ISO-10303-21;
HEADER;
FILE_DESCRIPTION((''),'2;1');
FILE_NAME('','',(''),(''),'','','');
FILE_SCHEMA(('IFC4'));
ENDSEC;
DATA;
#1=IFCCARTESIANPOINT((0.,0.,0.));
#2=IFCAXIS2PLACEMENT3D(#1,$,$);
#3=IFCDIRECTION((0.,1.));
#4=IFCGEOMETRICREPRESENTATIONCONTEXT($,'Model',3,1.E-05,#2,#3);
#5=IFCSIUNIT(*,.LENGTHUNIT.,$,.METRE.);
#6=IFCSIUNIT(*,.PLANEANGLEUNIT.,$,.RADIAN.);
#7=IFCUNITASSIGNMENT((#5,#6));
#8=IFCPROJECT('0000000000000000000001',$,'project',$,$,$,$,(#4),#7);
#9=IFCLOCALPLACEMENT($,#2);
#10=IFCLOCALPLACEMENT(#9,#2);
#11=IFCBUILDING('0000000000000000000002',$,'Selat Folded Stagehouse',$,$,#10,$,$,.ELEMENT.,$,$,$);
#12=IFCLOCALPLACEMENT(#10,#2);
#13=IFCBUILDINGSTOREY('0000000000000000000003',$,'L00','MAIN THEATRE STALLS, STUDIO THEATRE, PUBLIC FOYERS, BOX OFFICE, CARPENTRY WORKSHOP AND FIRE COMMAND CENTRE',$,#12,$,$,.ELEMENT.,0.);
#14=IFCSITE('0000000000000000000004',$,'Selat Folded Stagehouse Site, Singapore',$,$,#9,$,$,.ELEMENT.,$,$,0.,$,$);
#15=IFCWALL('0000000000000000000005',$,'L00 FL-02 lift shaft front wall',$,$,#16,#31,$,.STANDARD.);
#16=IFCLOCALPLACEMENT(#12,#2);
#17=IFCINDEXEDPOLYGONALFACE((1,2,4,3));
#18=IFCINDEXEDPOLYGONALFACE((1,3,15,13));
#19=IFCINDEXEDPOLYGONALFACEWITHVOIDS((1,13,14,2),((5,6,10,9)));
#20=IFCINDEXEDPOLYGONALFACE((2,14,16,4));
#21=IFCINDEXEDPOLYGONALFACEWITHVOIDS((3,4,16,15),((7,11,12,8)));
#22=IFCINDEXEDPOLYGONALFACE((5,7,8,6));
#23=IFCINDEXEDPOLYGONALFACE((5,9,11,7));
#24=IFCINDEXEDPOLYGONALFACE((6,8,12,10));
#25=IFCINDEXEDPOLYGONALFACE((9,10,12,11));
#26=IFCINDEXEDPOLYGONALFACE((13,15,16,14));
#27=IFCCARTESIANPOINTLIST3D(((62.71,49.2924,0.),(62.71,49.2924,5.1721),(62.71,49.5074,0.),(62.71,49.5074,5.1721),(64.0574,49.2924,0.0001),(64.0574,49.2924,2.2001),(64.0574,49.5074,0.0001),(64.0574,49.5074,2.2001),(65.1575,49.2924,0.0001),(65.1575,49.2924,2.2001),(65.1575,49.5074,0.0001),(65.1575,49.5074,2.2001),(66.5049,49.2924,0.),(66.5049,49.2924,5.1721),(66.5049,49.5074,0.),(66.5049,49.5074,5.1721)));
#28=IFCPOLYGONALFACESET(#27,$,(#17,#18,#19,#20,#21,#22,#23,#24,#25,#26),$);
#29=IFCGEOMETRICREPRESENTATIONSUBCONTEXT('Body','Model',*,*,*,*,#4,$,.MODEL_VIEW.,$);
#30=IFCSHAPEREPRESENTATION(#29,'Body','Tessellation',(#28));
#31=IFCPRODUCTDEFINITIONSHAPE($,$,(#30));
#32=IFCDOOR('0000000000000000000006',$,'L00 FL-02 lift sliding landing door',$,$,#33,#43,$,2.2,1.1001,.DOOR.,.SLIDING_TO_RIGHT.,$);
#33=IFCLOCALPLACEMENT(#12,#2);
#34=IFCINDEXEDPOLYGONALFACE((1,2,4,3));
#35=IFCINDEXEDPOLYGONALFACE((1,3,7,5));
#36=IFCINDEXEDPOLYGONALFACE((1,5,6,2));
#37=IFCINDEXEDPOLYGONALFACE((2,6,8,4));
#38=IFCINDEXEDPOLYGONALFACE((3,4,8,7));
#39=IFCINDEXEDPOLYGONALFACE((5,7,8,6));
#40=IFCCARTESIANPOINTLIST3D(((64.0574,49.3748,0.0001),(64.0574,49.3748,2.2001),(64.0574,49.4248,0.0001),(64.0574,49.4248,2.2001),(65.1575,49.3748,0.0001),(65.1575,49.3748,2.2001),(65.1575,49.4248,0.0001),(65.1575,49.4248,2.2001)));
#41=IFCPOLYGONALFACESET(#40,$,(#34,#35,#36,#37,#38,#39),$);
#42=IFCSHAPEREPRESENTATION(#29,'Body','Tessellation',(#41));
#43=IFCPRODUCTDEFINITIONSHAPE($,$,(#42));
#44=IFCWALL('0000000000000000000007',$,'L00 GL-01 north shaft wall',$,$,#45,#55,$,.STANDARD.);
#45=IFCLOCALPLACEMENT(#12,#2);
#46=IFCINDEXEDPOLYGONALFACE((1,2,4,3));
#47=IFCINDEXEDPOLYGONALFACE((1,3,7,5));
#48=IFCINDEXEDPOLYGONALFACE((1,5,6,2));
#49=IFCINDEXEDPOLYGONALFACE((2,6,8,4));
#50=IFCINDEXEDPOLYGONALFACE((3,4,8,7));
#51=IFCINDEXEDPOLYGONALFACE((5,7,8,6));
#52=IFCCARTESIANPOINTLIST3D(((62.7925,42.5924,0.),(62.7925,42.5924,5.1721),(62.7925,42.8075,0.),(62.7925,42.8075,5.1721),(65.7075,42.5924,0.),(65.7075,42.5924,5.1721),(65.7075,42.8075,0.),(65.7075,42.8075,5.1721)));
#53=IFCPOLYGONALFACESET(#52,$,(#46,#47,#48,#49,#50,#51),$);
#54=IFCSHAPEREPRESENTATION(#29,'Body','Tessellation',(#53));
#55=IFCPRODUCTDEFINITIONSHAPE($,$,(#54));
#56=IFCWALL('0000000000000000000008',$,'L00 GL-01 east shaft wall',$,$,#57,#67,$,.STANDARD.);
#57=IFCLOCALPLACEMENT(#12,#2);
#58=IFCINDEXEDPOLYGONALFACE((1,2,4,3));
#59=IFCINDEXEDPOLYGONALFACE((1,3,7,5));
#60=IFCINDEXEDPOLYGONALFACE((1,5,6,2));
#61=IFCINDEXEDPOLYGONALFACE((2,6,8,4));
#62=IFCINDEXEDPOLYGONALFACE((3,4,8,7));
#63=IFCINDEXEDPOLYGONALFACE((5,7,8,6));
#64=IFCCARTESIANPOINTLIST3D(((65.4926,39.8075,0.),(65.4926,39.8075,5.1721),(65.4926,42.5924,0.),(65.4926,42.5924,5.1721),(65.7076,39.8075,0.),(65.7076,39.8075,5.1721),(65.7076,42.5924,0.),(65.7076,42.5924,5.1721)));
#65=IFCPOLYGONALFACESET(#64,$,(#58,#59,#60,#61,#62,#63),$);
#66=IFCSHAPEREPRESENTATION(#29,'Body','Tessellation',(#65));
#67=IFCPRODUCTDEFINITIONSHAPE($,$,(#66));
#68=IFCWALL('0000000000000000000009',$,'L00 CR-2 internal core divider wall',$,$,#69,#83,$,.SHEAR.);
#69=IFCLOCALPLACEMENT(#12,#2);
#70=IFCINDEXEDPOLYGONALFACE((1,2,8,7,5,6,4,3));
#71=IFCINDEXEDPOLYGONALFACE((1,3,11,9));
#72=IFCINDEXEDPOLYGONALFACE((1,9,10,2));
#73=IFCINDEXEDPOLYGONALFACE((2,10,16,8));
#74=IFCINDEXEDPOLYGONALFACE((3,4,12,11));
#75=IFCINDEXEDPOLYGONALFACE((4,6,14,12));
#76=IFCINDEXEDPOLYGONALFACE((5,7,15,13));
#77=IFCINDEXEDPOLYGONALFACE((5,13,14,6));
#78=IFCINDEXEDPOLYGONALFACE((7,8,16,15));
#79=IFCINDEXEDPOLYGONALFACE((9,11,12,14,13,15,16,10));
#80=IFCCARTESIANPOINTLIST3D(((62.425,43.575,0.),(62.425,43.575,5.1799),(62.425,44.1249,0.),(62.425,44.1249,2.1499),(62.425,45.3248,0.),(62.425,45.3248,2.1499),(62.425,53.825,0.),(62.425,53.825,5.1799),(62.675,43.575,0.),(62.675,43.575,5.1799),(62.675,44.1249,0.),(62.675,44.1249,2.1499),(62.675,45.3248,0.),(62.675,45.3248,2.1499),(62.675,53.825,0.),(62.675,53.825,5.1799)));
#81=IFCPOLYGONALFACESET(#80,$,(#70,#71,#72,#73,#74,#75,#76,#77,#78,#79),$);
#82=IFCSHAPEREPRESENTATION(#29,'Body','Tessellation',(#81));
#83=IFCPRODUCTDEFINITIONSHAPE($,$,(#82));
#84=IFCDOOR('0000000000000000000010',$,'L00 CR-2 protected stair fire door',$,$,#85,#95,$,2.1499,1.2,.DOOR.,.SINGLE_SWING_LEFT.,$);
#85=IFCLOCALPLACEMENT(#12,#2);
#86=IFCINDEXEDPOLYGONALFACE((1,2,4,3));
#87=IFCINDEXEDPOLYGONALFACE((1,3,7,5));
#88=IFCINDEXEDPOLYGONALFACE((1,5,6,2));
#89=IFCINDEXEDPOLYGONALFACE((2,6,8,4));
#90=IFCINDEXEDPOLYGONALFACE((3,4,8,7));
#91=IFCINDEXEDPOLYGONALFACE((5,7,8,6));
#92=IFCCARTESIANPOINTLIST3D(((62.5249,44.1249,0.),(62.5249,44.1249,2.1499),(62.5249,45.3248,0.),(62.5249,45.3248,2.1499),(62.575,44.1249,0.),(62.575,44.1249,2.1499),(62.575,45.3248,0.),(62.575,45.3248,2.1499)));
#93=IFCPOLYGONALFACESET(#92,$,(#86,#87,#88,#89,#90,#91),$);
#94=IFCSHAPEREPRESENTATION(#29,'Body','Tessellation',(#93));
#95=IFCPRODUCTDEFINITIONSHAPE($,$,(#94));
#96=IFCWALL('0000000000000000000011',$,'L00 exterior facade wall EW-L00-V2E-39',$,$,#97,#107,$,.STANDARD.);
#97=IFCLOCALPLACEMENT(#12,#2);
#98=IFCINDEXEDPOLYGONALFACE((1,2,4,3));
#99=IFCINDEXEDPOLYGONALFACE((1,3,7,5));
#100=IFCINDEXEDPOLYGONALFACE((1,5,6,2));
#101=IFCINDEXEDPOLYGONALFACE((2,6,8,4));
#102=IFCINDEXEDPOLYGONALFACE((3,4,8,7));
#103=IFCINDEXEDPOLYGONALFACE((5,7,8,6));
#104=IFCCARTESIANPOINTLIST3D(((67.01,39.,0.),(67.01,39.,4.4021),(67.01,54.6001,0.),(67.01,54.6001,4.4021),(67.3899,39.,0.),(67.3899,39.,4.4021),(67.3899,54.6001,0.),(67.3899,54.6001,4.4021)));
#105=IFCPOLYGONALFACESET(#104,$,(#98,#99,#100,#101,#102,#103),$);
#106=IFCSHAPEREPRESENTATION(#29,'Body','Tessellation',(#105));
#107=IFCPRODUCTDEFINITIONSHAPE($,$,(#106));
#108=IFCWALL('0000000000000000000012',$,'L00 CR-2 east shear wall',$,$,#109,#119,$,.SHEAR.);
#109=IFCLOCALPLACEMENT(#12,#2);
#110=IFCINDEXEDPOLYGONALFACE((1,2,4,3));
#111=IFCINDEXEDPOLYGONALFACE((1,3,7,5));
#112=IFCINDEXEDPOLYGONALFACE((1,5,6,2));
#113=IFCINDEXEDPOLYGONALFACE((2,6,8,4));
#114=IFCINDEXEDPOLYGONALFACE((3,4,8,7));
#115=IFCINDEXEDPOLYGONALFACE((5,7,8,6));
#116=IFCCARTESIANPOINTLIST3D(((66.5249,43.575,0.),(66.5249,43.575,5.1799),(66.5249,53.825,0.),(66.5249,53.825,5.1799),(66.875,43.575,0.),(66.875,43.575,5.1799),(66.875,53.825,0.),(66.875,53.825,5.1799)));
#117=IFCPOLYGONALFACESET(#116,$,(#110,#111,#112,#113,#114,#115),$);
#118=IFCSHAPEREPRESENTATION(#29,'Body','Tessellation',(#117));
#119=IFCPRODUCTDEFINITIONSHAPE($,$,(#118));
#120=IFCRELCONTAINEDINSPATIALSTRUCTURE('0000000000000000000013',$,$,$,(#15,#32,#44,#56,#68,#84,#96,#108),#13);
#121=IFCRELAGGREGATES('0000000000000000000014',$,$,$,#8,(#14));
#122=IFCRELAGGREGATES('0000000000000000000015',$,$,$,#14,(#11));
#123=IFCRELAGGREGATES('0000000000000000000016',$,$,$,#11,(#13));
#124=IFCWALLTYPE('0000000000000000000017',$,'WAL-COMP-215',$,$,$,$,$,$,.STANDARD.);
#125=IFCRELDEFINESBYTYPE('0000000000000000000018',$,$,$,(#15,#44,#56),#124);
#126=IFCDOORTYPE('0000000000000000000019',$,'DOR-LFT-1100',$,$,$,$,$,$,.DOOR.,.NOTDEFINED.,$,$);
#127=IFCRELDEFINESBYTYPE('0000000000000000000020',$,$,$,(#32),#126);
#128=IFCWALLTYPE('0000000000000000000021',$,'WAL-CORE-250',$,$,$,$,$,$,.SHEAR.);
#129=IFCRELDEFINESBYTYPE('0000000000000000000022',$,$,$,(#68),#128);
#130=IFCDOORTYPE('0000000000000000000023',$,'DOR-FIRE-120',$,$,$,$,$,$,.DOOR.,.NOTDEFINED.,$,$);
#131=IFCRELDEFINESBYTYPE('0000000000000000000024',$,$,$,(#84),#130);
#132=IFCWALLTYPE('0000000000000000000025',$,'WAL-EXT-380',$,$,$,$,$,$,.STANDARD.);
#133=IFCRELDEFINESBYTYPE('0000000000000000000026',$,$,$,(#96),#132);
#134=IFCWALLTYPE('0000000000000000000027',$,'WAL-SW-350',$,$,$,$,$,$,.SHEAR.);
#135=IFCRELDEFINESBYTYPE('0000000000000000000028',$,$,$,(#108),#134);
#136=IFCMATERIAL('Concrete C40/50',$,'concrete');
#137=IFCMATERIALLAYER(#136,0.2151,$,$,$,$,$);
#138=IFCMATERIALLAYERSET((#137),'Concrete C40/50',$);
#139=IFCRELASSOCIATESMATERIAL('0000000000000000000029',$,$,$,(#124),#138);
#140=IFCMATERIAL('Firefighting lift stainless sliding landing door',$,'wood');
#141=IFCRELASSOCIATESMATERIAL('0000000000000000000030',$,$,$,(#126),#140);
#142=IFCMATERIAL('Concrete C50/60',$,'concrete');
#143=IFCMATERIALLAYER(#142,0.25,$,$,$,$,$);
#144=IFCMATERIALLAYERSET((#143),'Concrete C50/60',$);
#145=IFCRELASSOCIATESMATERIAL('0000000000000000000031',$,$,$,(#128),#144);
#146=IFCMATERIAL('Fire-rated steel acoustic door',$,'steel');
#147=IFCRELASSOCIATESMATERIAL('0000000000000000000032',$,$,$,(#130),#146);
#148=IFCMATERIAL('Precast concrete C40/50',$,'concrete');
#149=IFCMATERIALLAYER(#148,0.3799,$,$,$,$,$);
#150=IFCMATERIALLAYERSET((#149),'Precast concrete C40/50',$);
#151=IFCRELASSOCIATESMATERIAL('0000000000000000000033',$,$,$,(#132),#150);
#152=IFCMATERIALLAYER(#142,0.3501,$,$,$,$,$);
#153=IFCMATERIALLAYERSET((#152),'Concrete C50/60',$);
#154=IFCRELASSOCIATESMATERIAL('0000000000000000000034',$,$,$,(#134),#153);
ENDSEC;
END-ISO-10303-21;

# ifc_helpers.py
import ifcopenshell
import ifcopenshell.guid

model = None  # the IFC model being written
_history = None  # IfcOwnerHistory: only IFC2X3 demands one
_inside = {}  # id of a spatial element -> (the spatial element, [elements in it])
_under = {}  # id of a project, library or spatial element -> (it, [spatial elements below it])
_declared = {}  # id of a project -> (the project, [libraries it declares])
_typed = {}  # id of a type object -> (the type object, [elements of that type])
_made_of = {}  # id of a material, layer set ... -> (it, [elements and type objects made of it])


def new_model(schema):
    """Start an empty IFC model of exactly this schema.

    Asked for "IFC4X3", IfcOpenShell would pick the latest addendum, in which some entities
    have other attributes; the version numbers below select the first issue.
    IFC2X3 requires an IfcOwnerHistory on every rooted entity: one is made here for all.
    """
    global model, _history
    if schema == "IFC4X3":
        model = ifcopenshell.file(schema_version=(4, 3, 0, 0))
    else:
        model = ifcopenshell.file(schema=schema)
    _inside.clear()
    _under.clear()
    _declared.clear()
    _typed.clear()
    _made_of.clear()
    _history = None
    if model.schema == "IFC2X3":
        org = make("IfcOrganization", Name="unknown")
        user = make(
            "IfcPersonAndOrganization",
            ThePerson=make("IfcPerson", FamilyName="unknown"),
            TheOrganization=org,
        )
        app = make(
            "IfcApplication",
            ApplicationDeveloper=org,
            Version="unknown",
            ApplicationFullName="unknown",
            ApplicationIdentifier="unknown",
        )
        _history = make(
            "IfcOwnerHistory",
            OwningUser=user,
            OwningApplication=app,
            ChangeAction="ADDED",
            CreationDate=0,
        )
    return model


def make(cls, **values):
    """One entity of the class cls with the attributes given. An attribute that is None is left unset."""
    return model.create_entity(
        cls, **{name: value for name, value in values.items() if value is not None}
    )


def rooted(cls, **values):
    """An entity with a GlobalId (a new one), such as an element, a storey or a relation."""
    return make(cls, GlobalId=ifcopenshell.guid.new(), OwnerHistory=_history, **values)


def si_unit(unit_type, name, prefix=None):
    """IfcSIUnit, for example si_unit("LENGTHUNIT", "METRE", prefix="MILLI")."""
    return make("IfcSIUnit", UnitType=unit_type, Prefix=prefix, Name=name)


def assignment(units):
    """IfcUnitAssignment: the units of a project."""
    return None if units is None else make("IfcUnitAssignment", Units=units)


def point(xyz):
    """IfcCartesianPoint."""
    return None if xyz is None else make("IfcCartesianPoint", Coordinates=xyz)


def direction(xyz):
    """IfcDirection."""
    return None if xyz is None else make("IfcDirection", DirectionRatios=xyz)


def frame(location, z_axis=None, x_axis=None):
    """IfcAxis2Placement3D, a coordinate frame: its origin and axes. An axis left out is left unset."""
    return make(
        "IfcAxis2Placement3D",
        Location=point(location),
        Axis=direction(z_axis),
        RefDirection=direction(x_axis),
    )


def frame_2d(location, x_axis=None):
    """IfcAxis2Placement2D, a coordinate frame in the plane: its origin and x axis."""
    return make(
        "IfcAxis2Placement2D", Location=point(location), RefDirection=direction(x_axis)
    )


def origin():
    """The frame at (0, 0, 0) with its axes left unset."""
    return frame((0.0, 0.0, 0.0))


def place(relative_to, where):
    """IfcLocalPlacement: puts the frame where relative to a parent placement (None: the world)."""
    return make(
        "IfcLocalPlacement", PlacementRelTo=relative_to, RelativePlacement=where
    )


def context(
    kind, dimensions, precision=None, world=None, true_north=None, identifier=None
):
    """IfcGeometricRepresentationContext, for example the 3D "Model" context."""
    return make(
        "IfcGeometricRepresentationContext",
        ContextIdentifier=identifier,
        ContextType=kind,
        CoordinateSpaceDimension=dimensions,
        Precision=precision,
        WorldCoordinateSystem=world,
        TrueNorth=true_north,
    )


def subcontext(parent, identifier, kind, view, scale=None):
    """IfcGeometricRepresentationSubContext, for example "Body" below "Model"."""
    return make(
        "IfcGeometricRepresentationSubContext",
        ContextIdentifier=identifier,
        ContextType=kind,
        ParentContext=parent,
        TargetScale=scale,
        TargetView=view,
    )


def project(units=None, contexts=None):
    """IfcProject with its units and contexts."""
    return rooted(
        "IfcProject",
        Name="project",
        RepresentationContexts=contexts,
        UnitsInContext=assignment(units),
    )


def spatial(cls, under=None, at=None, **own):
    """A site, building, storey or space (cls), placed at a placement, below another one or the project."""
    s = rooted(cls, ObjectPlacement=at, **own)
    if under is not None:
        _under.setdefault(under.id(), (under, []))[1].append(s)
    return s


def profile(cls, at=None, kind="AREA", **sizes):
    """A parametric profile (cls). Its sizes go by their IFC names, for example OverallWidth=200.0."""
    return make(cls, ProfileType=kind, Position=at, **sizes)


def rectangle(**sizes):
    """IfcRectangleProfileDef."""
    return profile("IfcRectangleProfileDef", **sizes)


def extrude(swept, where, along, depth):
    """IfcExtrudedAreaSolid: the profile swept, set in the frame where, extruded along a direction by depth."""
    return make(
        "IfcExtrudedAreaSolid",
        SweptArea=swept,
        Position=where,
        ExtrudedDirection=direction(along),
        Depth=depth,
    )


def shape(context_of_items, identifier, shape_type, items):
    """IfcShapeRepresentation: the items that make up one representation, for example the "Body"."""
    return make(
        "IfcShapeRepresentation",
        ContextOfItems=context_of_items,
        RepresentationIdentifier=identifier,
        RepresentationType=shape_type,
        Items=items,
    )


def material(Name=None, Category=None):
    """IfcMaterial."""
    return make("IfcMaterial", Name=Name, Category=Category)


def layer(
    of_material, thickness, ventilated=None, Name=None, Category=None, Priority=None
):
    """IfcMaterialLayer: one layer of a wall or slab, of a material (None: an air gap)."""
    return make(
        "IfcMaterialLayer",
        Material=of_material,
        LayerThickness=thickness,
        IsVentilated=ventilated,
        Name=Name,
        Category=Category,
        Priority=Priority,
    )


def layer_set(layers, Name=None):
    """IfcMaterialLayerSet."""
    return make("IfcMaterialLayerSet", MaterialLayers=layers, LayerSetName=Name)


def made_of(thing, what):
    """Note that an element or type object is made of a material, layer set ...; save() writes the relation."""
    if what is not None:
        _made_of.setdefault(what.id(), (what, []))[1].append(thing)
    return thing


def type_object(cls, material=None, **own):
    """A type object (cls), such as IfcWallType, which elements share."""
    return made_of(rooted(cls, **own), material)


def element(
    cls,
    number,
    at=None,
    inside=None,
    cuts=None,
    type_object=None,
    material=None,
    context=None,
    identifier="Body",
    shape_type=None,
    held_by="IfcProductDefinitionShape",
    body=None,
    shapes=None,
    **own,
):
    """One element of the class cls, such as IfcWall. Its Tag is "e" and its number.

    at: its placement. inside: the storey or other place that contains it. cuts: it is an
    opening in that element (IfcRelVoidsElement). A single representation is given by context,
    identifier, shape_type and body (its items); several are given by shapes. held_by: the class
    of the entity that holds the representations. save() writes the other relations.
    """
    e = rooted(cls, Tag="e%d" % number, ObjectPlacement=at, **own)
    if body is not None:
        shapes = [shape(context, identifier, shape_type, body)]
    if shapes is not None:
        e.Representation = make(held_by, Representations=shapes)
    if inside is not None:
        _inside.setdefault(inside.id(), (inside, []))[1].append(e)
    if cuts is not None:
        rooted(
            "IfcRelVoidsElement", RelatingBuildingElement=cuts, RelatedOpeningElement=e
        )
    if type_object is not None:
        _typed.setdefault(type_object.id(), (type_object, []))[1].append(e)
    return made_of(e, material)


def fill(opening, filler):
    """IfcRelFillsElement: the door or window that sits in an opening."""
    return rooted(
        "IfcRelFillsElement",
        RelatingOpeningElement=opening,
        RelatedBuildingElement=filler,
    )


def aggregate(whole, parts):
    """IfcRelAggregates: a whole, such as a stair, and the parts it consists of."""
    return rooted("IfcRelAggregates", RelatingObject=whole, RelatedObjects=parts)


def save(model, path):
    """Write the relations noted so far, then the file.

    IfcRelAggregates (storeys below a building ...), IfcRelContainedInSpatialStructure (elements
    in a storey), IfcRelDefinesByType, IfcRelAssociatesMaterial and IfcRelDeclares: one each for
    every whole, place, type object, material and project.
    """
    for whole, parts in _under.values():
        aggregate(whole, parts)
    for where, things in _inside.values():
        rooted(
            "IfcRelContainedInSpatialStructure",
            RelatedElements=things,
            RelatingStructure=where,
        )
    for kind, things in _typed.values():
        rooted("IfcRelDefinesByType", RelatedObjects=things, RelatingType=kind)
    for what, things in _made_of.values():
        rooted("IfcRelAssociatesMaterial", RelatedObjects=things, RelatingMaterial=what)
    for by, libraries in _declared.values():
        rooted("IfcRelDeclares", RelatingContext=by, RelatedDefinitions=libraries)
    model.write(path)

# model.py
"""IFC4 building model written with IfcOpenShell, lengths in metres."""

from ifc_helpers import new_model, si_unit, direction, frame, frame_2d, origin, place, context, subcontext, project, spatial, rectangle, extrude, material, layer, layer_set, type_object, element, fill, save


model = new_model("IFC4")

# Units and contexts
model_context = context("Model", 3, precision=1e-05, world=origin(), true_north=direction((0.0, 1.0)))
body_context = subcontext(model_context, "Body", "Model", "MODEL_VIEW")
ifc_project = project(units=[si_unit("LENGTHUNIT", "METRE"), si_unit("PLANEANGLEUNIT", "RADIAN")], contexts=[model_context])

# Site, building, storey
site_placement = place(None, origin())
site = spatial("IfcSite", under=ifc_project, at=site_placement, Name="Selat Folded Stagehouse Site, Singapore", CompositionType="ELEMENT", RefElevation=0.0)
building_placement = place(site_placement, origin())
building = spatial("IfcBuilding", under=site, at=building_placement, Name="Selat Folded Stagehouse", CompositionType="ELEMENT")
storey_placement = place(building_placement, origin())
storey = spatial("IfcBuildingStorey", under=building, at=storey_placement, Name="L00", Description="MAIN THEATRE STALLS, STUDIO THEATRE, PUBLIC FOYERS, BOX OFFICE, CARPENTRY WORKSHOP AND FIRE COMMAND CENTRE", CompositionType="ELEMENT", Elevation=0.0)

# Wall, opening, door
ifc_material_1 = material(Name="Concrete C40/50", Category="concrete")
ifc_layer_1 = layer(ifc_material_1, 0.2151)
ifc_layer_set_1 = layer_set([ifc_layer_1], Name="Concrete C40/50")
wall_type_1 = type_object("IfcWallType", Name="WAL-COMP-215", PredefinedType="STANDARD", material=ifc_layer_set_1)
wall_1_placement = place(storey_placement, frame((62.71, 49.3999, 0.0), z_axis=(0.0, 0.0, 1.0), x_axis=(1.0, 0.0, 0.0)))
wall_1 = element("IfcWall", 1, at=wall_1_placement, inside=storey, type_object=wall_type_1, Name="L00 FL-02 lift shaft front wall", PredefinedType="STANDARD", context=body_context, shape_type="SweptSolid", body=[
    extrude(rectangle(XDim=3.7949, YDim=0.2151, at=frame_2d((1.8975, 0.0))), origin(), (0.0, 0.0, 1.0), 5.1721),
])
opening_1_placement = place(wall_1_placement, frame((1.3474, 0.0, 0.0)))
opening_1 = element("IfcOpeningElement", 2, at=opening_1_placement, cuts=wall_1, PredefinedType="OPENING", context=body_context, shape_type="SweptSolid", body=[
    extrude(rectangle(XDim=1.1001, YDim=2.2, at=frame_2d((0.55, 1.1001))), frame((0.0, 0.1174, 0.0), z_axis=(0.0, -1.0, 0.0), x_axis=(1.0, 0.0, 0.0)), (0.0, 0.0, 1.0), 0.2351),
])
ifc_material_2 = material(Name="Firefighting lift stainless sliding landing door", Category="wood")
door_type_1 = type_object("IfcDoorType", Name="DOR-LFT-1100", OperationType="NOTDEFINED", PredefinedType="DOOR", material=ifc_material_2)
door_1_placement = place(opening_1_placement, origin())
door_1 = element("IfcDoor", 3, at=door_1_placement, inside=storey, type_object=door_type_1, Name="L00 FL-02 lift sliding landing door", OperationType="SLIDING_TO_RIGHT", OverallHeight=2.2, OverallWidth=1.1001, PredefinedType="DOOR", context=body_context, shape_type="SweptSolid", body=[
    extrude(rectangle(XDim=1.1001, YDim=2.2, at=frame_2d((0.55, 1.1001))), frame((0.0, 0.0249, 0.0), z_axis=(0.0, -1.0, 0.0), x_axis=(1.0, 0.0, 0.0)), (0.0, 0.0, 1.0), 0.05),
])
fill(opening_1, door_1)

# Wall
wall_2_placement = place(storey_placement, frame((62.7925, 42.7, 0.0), z_axis=(0.0, 0.0, 1.0), x_axis=(1.0, 0.0, 0.0)))
element("IfcWall", 4, at=wall_2_placement, inside=storey, type_object=wall_type_1, Name="L00 GL-01 north shaft wall", PredefinedType="STANDARD", context=body_context, shape_type="SweptSolid", body=[
    extrude(rectangle(XDim=2.915, YDim=0.2151, at=frame_2d((1.4575, 0.0))), origin(), (0.0, 0.0, 1.0), 5.1721),
])

# Wall
wall_3_placement = place(storey_placement, frame((65.6001, 42.5925, 0.0), z_axis=(0.0, 0.0, 1.0), x_axis=(0.0, -1.0, 0.0)))
element("IfcWall", 5, at=wall_3_placement, inside=storey, type_object=wall_type_1, Name="L00 GL-01 east shaft wall", PredefinedType="STANDARD", context=body_context, shape_type="SweptSolid", body=[
    extrude(rectangle(XDim=2.7849, YDim=0.2151, at=frame_2d((1.3926, 0.0))), origin(), (0.0, 0.0, 1.0), 5.1721),
])

# Wall, opening, door
ifc_material_3 = material(Name="Concrete C50/60", Category="concrete")
ifc_layer_2 = layer(ifc_material_3, 0.25)
ifc_layer_set_2 = layer_set([ifc_layer_2], Name="Concrete C50/60")
wall_type_2 = type_object("IfcWallType", Name="WAL-CORE-250", PredefinedType="SHEAR", material=ifc_layer_set_2)
wall_4_placement = place(storey_placement, frame((62.55, 53.825, 0.0), z_axis=(0.0, 0.0, 1.0), x_axis=(0.0, -1.0, 0.0)))
wall_4 = element("IfcWall", 6, at=wall_4_placement, inside=storey, type_object=wall_type_2, Name="L00 CR-2 internal core divider wall", PredefinedType="SHEAR", context=body_context, shape_type="SweptSolid", body=[
    extrude(rectangle(XDim=10.25, YDim=0.25, at=frame_2d((5.125, 0.0))), origin(), (0.0, 0.0, 1.0), 5.1799),
])
opening_2_placement = place(wall_4_placement, frame((8.5, 0.0, 0.0)))
opening_2 = element("IfcOpeningElement", 7, at=opening_2_placement, cuts=wall_4, PredefinedType="OPENING", context=body_context, shape_type="SweptSolid", body=[
    extrude(rectangle(XDim=1.2, YDim=2.1499, at=frame_2d((0.6001, 1.075))), frame((0.0, 0.135, 0.0), z_axis=(0.0, -1.0, 0.0), x_axis=(1.0, 0.0, 0.0)), (0.0, 0.0, 1.0), 0.27),
])
ifc_material_4 = material(Name="Fire-rated steel acoustic door", Category="steel")
door_type_2 = type_object("IfcDoorType", Name="DOR-FIRE-120", OperationType="NOTDEFINED", PredefinedType="DOOR", material=ifc_material_4)
door_2_placement = place(opening_2_placement, origin())
door_2 = element("IfcDoor", 8, at=door_2_placement, inside=storey, type_object=door_type_2, Name="L00 CR-2 protected stair fire door", OperationType="SINGLE_SWING_LEFT", OverallHeight=2.1499, OverallWidth=1.2, PredefinedType="DOOR", context=body_context, shape_type="SweptSolid", body=[
    extrude(rectangle(XDim=1.2, YDim=2.1499, at=frame_2d((0.6001, 1.075))), frame((0.0, 0.0249, 0.0), z_axis=(0.0, -1.0, 0.0), x_axis=(1.0, 0.0, 0.0)), (0.0, 0.0, 1.0), 0.05),
])
fill(opening_2, door_2)

# Wall
ifc_material_5 = material(Name="Precast concrete C40/50", Category="concrete")
ifc_layer_3 = layer(ifc_material_5, 0.3799)
ifc_layer_set_3 = layer_set([ifc_layer_3], Name="Precast concrete C40/50")
wall_type_3 = type_object("IfcWallType", Name="WAL-EXT-380", PredefinedType="STANDARD", material=ifc_layer_set_3)
wall_5_placement = place(storey_placement, frame((67.2, 54.6001, 0.0), z_axis=(0.0, 0.0, 1.0), x_axis=(0.0, -1.0, 0.0)))
element("IfcWall", 9, at=wall_5_placement, inside=storey, type_object=wall_type_3, Name="L00 exterior facade wall EW-L00-V2E-39", PredefinedType="STANDARD", context=body_context, shape_type="SweptSolid", body=[
    extrude(rectangle(XDim=15.6001, YDim=0.3799, at=frame_2d((7.8, 0.0))), origin(), (0.0, 0.0, 1.0), 4.4021),
])

# Shared definitions
ifc_layer_4 = layer(ifc_material_3, 0.3501)
ifc_layer_set_4 = layer_set([ifc_layer_4], Name="Concrete C50/60")
wall_type_4 = type_object("IfcWallType", Name="WAL-SW-350", PredefinedType="SHEAR", material=ifc_layer_set_4)

# Wall
wall_6_placement = place(storey_placement, frame((66.7, 53.825, 0.0), z_axis=(0.0, 0.0, 1.0), x_axis=(0.0, -1.0, 0.0)))
element("IfcWall", 10, at=wall_6_placement, inside=storey, type_object=wall_type_4, Name="L00 CR-2 east shear wall", PredefinedType="SHEAR", context=body_context, shape_type="SweptSolid", body=[
    extrude(rectangle(XDim=10.25, YDim=0.3501, at=frame_2d((5.125, 0.0))), origin(), (0.0, 0.0, 1.0), 5.1799),
])

save(model, "model.ifc")
